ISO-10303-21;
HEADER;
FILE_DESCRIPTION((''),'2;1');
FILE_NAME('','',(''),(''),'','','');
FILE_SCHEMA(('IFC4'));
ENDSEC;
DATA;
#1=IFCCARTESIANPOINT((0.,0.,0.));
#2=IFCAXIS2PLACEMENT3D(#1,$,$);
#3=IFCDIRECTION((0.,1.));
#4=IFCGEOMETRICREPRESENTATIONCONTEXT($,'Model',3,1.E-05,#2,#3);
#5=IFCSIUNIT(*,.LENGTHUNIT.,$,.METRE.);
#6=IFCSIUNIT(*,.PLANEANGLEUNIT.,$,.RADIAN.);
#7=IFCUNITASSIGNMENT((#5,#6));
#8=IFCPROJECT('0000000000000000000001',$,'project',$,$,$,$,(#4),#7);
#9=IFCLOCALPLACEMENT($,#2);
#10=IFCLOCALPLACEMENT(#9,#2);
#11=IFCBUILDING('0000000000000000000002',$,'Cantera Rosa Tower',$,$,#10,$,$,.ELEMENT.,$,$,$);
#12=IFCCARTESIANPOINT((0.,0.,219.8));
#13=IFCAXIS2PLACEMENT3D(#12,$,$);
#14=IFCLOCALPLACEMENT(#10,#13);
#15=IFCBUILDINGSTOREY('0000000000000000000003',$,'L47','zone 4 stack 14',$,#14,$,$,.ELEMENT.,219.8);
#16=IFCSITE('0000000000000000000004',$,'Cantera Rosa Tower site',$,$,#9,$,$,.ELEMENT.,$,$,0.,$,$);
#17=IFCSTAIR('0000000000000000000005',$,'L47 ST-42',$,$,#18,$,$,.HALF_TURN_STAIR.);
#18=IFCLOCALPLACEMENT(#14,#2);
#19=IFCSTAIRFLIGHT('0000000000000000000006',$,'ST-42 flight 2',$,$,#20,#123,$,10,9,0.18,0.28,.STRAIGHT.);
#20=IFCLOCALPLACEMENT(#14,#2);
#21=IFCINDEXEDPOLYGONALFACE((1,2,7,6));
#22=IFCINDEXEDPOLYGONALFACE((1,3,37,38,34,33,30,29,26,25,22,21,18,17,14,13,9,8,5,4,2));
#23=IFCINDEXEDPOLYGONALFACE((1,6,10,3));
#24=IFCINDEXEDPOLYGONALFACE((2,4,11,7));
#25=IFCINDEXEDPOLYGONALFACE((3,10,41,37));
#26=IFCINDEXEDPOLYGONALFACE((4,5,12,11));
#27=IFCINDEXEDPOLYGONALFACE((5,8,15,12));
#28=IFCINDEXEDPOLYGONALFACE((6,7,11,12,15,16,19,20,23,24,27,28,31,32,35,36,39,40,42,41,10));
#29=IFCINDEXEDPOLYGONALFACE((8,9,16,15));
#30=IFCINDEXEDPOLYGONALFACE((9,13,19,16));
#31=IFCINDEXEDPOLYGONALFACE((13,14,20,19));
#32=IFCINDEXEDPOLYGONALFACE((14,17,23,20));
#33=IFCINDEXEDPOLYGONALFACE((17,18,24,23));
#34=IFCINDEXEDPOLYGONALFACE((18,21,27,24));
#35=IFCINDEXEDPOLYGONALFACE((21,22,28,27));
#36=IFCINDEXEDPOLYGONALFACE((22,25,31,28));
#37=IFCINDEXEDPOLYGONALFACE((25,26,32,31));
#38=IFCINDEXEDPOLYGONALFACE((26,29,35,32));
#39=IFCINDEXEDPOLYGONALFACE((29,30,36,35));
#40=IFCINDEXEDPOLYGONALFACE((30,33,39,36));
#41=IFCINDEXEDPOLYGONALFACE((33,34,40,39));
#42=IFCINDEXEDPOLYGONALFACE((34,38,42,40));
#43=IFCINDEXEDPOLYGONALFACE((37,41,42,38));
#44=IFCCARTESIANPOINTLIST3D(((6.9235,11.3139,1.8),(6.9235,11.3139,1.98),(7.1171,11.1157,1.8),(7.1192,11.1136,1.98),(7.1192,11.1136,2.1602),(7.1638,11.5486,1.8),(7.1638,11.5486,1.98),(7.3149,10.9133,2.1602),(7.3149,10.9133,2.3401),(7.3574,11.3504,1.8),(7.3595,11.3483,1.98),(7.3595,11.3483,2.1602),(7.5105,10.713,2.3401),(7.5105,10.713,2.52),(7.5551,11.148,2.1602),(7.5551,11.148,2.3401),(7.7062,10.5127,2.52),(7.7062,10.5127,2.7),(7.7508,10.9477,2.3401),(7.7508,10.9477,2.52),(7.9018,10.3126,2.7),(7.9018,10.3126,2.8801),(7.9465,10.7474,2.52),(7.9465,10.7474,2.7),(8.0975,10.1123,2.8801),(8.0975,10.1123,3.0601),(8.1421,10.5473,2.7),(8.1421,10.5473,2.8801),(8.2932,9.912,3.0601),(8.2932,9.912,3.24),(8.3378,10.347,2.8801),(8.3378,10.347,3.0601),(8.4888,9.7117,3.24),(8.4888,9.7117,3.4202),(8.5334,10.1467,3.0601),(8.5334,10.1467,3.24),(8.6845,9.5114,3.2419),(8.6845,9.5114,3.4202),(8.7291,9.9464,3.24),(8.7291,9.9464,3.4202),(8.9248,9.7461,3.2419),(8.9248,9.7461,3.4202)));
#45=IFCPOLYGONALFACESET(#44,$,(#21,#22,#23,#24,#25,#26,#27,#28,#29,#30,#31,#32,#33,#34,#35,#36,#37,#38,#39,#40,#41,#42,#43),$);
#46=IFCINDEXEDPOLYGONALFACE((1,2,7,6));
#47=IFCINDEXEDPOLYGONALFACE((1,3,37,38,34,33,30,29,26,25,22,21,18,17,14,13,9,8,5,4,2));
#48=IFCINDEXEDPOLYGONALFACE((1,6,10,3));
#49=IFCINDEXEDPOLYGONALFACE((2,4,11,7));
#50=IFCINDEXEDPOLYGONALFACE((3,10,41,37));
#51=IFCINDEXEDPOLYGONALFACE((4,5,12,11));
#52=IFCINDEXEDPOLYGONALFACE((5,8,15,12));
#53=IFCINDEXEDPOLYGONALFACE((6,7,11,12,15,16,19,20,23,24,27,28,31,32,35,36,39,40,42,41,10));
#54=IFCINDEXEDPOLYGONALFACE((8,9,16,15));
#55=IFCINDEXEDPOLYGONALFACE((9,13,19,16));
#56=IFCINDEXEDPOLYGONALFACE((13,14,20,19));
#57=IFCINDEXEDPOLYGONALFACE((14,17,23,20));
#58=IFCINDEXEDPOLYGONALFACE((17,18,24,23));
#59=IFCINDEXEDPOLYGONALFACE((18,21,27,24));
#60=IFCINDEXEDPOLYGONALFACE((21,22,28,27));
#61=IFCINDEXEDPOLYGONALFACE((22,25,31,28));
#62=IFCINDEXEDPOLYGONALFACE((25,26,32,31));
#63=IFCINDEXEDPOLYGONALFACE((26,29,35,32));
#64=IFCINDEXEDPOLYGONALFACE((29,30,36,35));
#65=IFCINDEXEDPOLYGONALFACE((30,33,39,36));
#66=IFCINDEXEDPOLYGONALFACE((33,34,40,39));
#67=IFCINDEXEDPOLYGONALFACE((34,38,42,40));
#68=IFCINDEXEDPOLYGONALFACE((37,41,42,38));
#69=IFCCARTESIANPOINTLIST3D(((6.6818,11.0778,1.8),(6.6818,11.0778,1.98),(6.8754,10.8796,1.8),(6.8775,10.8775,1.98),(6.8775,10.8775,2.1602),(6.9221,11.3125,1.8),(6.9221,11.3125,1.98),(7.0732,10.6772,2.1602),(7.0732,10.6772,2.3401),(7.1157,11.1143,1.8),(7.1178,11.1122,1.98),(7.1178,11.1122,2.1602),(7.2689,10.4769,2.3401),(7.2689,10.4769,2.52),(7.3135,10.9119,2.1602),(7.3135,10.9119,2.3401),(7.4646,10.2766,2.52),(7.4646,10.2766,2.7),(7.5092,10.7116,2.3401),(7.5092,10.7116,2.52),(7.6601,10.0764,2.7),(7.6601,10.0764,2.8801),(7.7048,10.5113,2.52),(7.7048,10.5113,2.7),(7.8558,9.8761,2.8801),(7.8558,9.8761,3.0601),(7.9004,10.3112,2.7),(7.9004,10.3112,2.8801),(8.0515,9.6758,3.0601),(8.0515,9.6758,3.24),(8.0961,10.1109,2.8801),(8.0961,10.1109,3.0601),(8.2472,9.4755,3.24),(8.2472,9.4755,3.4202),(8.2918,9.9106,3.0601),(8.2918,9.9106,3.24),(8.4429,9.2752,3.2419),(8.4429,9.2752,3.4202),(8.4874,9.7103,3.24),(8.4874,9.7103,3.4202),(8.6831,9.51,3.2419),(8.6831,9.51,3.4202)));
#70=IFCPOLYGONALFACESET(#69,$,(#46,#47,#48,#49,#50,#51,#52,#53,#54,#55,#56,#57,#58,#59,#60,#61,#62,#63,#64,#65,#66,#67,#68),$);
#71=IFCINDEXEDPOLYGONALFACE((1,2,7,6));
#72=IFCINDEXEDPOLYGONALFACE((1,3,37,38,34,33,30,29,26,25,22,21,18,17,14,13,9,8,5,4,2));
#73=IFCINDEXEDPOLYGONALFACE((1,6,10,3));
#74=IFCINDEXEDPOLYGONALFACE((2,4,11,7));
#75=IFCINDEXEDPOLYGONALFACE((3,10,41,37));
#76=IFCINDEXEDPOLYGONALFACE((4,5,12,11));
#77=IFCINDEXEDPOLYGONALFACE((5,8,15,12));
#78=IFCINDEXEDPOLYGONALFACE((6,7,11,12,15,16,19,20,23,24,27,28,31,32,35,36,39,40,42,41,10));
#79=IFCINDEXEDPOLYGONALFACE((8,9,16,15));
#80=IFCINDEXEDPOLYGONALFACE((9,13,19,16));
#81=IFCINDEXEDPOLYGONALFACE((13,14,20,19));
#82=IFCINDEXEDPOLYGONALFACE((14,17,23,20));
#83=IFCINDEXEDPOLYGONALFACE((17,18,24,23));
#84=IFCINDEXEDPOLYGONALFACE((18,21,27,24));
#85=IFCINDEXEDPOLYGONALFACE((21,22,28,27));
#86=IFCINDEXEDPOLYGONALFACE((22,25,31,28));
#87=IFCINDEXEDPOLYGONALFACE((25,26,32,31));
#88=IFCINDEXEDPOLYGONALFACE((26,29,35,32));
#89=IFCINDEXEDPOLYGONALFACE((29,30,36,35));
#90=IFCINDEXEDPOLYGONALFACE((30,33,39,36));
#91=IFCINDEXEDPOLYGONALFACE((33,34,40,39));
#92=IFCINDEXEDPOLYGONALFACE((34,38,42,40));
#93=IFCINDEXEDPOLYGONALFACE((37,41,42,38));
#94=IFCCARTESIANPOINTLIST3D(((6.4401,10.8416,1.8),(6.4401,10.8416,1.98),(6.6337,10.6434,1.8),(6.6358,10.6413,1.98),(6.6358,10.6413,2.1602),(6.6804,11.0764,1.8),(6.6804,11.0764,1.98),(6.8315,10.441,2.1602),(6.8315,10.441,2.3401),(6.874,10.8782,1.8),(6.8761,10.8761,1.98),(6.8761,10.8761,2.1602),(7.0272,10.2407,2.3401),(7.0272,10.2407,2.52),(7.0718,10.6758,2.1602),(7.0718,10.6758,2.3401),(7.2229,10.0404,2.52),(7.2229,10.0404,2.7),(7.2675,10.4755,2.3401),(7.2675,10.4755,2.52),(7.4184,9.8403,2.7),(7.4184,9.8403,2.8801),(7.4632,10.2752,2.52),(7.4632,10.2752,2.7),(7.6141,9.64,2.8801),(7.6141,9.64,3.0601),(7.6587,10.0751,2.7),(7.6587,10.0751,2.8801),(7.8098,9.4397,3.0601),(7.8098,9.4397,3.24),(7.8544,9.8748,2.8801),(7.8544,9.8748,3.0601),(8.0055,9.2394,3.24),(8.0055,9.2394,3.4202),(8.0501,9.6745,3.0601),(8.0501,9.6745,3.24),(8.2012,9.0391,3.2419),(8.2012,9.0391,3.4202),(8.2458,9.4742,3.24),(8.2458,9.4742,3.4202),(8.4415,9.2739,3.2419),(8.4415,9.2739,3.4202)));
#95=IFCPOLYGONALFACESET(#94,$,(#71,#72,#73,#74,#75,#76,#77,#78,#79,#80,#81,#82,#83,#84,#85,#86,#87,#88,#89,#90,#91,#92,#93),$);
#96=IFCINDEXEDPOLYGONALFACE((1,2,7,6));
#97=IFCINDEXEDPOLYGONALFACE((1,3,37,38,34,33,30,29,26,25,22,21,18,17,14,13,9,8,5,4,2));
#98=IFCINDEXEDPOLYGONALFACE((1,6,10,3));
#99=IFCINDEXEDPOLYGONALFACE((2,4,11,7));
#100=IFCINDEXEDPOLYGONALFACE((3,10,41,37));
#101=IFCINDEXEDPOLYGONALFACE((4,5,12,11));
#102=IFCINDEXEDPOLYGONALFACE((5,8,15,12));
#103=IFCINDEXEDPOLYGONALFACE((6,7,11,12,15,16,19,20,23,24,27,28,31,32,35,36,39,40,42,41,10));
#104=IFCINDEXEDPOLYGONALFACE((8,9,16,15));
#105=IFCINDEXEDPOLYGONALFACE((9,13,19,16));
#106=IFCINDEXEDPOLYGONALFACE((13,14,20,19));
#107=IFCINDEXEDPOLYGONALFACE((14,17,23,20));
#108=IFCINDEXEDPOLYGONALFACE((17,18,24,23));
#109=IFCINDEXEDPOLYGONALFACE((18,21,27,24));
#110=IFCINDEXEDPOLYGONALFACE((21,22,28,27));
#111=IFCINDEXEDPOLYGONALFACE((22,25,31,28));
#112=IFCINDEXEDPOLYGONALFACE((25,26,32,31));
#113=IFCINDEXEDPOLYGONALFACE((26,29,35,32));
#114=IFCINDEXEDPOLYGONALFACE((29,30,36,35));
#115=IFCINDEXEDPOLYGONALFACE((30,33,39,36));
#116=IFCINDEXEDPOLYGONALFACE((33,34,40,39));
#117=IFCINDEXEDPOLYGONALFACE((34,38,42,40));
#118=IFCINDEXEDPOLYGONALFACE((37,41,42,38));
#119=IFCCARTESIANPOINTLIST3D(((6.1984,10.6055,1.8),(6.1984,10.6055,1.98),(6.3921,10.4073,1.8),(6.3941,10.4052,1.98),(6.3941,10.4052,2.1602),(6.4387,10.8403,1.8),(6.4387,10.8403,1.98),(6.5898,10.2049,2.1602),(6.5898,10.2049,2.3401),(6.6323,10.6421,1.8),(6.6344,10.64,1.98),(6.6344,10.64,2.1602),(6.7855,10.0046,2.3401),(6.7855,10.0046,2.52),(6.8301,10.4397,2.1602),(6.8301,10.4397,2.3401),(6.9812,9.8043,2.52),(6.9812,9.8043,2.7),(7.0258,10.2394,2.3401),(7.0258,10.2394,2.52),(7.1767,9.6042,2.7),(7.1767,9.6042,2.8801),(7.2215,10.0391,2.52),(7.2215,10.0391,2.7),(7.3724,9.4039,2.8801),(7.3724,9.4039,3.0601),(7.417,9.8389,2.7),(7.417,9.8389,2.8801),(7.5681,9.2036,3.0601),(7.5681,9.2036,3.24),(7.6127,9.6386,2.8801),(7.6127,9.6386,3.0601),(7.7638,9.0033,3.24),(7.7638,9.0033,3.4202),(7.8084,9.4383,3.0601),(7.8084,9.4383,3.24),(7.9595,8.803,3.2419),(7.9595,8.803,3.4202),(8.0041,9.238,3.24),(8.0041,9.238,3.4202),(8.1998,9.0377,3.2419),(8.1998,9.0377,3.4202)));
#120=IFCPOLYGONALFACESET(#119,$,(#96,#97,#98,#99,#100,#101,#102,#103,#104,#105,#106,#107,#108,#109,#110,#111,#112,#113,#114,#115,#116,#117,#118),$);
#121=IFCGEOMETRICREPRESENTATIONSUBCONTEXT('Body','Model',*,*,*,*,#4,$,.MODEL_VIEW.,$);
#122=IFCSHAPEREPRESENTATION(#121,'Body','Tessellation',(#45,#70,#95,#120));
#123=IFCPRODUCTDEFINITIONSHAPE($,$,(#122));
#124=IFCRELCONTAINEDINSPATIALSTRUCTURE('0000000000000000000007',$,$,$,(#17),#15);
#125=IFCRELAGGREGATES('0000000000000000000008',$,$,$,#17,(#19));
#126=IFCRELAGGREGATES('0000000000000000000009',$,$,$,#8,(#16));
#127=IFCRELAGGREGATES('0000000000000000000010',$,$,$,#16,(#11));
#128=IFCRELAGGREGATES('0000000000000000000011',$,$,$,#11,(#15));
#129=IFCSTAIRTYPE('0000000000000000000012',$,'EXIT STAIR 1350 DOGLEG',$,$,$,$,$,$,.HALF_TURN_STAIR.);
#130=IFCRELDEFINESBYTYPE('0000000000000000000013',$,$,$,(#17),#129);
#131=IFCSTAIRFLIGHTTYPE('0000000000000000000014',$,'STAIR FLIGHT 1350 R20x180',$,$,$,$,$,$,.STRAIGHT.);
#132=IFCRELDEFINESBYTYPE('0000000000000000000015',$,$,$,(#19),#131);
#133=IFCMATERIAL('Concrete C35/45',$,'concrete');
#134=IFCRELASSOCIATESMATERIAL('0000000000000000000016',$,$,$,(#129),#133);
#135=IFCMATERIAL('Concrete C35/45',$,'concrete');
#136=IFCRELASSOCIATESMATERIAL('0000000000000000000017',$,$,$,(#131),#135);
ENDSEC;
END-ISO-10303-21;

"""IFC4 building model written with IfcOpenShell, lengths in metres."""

from ifc_helpers import new_model, si_unit, direction, frame, origin, place, context, subcontext, project, spatial, polyline, outline, extrude, material, type_object, element, aggregate, save


model = new_model("IFC4")

# Units and contexts
model_context = context("Model", 3, precision=1e-05, world=origin(), true_north=direction((0.0, 1.0)))
body_context = subcontext(model_context, "Body", "Model", "MODEL_VIEW")
ifc_project = project(units=[si_unit("LENGTHUNIT", "METRE"), si_unit("PLANEANGLEUNIT", "RADIAN")], contexts=[model_context])

# Site, building, storey
site_placement = place(None, origin())
site = spatial("IfcSite", under=ifc_project, at=site_placement, Name="Cantera Rosa Tower site", CompositionType="ELEMENT", RefElevation=0.0)
building_placement = place(site_placement, origin())
building = spatial("IfcBuilding", under=site, at=building_placement, Name="Cantera Rosa Tower", CompositionType="ELEMENT")
storey_placement = place(building_placement, frame((0.0, 0.0, 219.8)))
storey = spatial("IfcBuildingStorey", under=building, at=storey_placement, Name="L47", Description="zone 4 stack 14", CompositionType="ELEMENT", Elevation=219.8)

# Shared definitions
ifc_material_1 = material(Name="Concrete C35/45", Category="concrete")
stair_type = type_object("IfcStairType", Name="EXIT STAIR 1350 DOGLEG", PredefinedType="HALF_TURN_STAIR", material=ifc_material_1)
ifc_material_2 = material(Name="Concrete C35/45", Category="concrete")
stair_flight_type = type_object("IfcStairFlightType", Name="STAIR FLIGHT 1350 R20x180", PredefinedType="STRAIGHT", material=ifc_material_2)

# Stair, stair flight
stair_1_placement = place(storey_placement, origin())
stair_1 = element("IfcStair", 1, at=stair_1_placement, inside=storey, type_object=stair_type, Name="L47 ST-42", PredefinedType="HALF_TURN_STAIR")
stair_flight_1_placement = place(storey_placement, frame((6.6809, 11.0769, 1.8), z_axis=(0.0, 0.0, 1.0), x_axis=(0.698832, -0.715286, 0.0)))
stair_flight_1 = element("IfcStairFlight", 2, at=stair_flight_1_placement, type_object=stair_flight_type, Name="ST-42 flight 2", NumberOfRisers=10, NumberOfTreads=9, PredefinedType="STRAIGHT", RiserHeight=0.18, TreadLength=0.28, context=body_context, shape_type="SweptSolid", body=[
    extrude(outline(polyline([(0.0, 0.0), (0.0, 0.1799), (0.28, 0.1799), (0.28, 0.3601), (0.5601, 0.3601), (0.5601, 0.54), (0.8401, 0.54), (0.8401, 0.72), (1.1201, 0.72), (1.1201, 0.8999), (1.3999, 0.8999), (1.3999, 1.0801), (1.6799, 1.0801), (1.6799, 1.26), (1.96, 1.26), (1.96, 1.4399), (2.24, 1.4399), (2.24, 1.6201), (2.52, 1.6201), (2.52, 1.8), (2.52, 1.4419), (0.2771, 0.0), (0.0, 0.0)])), frame((0.0, 0.675, 0.0), z_axis=(0.0, -1.0, 0.0), x_axis=(1.0, 0.0, 0.0)), (0.0, 0.0, 1.0), 0.3359),
    extrude(outline(polyline([(0.0, 0.0), (0.0, 0.1799), (0.28, 0.1799), (0.28, 0.3601), (0.5601, 0.3601), (0.5601, 0.54), (0.8401, 0.54), (0.8401, 0.72), (1.1201, 0.72), (1.1201, 0.8999), (1.3999, 0.8999), (1.3999, 1.0801), (1.6799, 1.0801), (1.6799, 1.26), (1.96, 1.26), (1.96, 1.4399), (2.24, 1.4399), (2.24, 1.6201), (2.52, 1.6201), (2.52, 1.8), (2.52, 1.4419), (0.2771, 0.0), (0.0, 0.0)])), frame((0.0, 0.3372, 0.0), z_axis=(0.0, -1.0, 0.0), x_axis=(1.0, 0.0, 0.0)), (0.0, 0.0, 1.0), 0.3359),
    extrude(outline(polyline([(0.0, 0.0), (0.0, 0.1799), (0.28, 0.1799), (0.28, 0.3601), (0.5601, 0.3601), (0.5601, 0.54), (0.8401, 0.54), (0.8401, 0.72), (1.1201, 0.72), (1.1201, 0.8999), (1.3999, 0.8999), (1.3999, 1.0801), (1.6799, 1.0801), (1.6799, 1.26), (1.96, 1.26), (1.96, 1.4399), (2.24, 1.4399), (2.24, 1.6201), (2.52, 1.6201), (2.52, 1.8), (2.52, 1.4419), (0.2771, 0.0), (0.0, 0.0)])), frame((0.0, -0.0007, 0.0), z_axis=(0.0, -1.0, 0.0), x_axis=(1.0, 0.0, 0.0)), (0.0, 0.0, 1.0), 0.3359),
    extrude(outline(polyline([(0.0, 0.0), (0.0, 0.1799), (0.28, 0.1799), (0.28, 0.3601), (0.5601, 0.3601), (0.5601, 0.54), (0.8401, 0.54), (0.8401, 0.72), (1.1201, 0.72), (1.1201, 0.8999), (1.3999, 0.8999), (1.3999, 1.0801), (1.6799, 1.0801), (1.6799, 1.26), (1.96, 1.26), (1.96, 1.4399), (2.24, 1.4399), (2.24, 1.6201), (2.52, 1.6201), (2.52, 1.8), (2.52, 1.4419), (0.2771, 0.0), (0.0, 0.0)])), frame((0.0, -0.3386, 0.0), z_axis=(0.0, -1.0, 0.0), x_axis=(1.0, 0.0, 0.0)), (0.0, 0.0, 1.0), 0.3359),
])
aggregate(stair_1, [stair_flight_1])

save(model, "model.ifc")
